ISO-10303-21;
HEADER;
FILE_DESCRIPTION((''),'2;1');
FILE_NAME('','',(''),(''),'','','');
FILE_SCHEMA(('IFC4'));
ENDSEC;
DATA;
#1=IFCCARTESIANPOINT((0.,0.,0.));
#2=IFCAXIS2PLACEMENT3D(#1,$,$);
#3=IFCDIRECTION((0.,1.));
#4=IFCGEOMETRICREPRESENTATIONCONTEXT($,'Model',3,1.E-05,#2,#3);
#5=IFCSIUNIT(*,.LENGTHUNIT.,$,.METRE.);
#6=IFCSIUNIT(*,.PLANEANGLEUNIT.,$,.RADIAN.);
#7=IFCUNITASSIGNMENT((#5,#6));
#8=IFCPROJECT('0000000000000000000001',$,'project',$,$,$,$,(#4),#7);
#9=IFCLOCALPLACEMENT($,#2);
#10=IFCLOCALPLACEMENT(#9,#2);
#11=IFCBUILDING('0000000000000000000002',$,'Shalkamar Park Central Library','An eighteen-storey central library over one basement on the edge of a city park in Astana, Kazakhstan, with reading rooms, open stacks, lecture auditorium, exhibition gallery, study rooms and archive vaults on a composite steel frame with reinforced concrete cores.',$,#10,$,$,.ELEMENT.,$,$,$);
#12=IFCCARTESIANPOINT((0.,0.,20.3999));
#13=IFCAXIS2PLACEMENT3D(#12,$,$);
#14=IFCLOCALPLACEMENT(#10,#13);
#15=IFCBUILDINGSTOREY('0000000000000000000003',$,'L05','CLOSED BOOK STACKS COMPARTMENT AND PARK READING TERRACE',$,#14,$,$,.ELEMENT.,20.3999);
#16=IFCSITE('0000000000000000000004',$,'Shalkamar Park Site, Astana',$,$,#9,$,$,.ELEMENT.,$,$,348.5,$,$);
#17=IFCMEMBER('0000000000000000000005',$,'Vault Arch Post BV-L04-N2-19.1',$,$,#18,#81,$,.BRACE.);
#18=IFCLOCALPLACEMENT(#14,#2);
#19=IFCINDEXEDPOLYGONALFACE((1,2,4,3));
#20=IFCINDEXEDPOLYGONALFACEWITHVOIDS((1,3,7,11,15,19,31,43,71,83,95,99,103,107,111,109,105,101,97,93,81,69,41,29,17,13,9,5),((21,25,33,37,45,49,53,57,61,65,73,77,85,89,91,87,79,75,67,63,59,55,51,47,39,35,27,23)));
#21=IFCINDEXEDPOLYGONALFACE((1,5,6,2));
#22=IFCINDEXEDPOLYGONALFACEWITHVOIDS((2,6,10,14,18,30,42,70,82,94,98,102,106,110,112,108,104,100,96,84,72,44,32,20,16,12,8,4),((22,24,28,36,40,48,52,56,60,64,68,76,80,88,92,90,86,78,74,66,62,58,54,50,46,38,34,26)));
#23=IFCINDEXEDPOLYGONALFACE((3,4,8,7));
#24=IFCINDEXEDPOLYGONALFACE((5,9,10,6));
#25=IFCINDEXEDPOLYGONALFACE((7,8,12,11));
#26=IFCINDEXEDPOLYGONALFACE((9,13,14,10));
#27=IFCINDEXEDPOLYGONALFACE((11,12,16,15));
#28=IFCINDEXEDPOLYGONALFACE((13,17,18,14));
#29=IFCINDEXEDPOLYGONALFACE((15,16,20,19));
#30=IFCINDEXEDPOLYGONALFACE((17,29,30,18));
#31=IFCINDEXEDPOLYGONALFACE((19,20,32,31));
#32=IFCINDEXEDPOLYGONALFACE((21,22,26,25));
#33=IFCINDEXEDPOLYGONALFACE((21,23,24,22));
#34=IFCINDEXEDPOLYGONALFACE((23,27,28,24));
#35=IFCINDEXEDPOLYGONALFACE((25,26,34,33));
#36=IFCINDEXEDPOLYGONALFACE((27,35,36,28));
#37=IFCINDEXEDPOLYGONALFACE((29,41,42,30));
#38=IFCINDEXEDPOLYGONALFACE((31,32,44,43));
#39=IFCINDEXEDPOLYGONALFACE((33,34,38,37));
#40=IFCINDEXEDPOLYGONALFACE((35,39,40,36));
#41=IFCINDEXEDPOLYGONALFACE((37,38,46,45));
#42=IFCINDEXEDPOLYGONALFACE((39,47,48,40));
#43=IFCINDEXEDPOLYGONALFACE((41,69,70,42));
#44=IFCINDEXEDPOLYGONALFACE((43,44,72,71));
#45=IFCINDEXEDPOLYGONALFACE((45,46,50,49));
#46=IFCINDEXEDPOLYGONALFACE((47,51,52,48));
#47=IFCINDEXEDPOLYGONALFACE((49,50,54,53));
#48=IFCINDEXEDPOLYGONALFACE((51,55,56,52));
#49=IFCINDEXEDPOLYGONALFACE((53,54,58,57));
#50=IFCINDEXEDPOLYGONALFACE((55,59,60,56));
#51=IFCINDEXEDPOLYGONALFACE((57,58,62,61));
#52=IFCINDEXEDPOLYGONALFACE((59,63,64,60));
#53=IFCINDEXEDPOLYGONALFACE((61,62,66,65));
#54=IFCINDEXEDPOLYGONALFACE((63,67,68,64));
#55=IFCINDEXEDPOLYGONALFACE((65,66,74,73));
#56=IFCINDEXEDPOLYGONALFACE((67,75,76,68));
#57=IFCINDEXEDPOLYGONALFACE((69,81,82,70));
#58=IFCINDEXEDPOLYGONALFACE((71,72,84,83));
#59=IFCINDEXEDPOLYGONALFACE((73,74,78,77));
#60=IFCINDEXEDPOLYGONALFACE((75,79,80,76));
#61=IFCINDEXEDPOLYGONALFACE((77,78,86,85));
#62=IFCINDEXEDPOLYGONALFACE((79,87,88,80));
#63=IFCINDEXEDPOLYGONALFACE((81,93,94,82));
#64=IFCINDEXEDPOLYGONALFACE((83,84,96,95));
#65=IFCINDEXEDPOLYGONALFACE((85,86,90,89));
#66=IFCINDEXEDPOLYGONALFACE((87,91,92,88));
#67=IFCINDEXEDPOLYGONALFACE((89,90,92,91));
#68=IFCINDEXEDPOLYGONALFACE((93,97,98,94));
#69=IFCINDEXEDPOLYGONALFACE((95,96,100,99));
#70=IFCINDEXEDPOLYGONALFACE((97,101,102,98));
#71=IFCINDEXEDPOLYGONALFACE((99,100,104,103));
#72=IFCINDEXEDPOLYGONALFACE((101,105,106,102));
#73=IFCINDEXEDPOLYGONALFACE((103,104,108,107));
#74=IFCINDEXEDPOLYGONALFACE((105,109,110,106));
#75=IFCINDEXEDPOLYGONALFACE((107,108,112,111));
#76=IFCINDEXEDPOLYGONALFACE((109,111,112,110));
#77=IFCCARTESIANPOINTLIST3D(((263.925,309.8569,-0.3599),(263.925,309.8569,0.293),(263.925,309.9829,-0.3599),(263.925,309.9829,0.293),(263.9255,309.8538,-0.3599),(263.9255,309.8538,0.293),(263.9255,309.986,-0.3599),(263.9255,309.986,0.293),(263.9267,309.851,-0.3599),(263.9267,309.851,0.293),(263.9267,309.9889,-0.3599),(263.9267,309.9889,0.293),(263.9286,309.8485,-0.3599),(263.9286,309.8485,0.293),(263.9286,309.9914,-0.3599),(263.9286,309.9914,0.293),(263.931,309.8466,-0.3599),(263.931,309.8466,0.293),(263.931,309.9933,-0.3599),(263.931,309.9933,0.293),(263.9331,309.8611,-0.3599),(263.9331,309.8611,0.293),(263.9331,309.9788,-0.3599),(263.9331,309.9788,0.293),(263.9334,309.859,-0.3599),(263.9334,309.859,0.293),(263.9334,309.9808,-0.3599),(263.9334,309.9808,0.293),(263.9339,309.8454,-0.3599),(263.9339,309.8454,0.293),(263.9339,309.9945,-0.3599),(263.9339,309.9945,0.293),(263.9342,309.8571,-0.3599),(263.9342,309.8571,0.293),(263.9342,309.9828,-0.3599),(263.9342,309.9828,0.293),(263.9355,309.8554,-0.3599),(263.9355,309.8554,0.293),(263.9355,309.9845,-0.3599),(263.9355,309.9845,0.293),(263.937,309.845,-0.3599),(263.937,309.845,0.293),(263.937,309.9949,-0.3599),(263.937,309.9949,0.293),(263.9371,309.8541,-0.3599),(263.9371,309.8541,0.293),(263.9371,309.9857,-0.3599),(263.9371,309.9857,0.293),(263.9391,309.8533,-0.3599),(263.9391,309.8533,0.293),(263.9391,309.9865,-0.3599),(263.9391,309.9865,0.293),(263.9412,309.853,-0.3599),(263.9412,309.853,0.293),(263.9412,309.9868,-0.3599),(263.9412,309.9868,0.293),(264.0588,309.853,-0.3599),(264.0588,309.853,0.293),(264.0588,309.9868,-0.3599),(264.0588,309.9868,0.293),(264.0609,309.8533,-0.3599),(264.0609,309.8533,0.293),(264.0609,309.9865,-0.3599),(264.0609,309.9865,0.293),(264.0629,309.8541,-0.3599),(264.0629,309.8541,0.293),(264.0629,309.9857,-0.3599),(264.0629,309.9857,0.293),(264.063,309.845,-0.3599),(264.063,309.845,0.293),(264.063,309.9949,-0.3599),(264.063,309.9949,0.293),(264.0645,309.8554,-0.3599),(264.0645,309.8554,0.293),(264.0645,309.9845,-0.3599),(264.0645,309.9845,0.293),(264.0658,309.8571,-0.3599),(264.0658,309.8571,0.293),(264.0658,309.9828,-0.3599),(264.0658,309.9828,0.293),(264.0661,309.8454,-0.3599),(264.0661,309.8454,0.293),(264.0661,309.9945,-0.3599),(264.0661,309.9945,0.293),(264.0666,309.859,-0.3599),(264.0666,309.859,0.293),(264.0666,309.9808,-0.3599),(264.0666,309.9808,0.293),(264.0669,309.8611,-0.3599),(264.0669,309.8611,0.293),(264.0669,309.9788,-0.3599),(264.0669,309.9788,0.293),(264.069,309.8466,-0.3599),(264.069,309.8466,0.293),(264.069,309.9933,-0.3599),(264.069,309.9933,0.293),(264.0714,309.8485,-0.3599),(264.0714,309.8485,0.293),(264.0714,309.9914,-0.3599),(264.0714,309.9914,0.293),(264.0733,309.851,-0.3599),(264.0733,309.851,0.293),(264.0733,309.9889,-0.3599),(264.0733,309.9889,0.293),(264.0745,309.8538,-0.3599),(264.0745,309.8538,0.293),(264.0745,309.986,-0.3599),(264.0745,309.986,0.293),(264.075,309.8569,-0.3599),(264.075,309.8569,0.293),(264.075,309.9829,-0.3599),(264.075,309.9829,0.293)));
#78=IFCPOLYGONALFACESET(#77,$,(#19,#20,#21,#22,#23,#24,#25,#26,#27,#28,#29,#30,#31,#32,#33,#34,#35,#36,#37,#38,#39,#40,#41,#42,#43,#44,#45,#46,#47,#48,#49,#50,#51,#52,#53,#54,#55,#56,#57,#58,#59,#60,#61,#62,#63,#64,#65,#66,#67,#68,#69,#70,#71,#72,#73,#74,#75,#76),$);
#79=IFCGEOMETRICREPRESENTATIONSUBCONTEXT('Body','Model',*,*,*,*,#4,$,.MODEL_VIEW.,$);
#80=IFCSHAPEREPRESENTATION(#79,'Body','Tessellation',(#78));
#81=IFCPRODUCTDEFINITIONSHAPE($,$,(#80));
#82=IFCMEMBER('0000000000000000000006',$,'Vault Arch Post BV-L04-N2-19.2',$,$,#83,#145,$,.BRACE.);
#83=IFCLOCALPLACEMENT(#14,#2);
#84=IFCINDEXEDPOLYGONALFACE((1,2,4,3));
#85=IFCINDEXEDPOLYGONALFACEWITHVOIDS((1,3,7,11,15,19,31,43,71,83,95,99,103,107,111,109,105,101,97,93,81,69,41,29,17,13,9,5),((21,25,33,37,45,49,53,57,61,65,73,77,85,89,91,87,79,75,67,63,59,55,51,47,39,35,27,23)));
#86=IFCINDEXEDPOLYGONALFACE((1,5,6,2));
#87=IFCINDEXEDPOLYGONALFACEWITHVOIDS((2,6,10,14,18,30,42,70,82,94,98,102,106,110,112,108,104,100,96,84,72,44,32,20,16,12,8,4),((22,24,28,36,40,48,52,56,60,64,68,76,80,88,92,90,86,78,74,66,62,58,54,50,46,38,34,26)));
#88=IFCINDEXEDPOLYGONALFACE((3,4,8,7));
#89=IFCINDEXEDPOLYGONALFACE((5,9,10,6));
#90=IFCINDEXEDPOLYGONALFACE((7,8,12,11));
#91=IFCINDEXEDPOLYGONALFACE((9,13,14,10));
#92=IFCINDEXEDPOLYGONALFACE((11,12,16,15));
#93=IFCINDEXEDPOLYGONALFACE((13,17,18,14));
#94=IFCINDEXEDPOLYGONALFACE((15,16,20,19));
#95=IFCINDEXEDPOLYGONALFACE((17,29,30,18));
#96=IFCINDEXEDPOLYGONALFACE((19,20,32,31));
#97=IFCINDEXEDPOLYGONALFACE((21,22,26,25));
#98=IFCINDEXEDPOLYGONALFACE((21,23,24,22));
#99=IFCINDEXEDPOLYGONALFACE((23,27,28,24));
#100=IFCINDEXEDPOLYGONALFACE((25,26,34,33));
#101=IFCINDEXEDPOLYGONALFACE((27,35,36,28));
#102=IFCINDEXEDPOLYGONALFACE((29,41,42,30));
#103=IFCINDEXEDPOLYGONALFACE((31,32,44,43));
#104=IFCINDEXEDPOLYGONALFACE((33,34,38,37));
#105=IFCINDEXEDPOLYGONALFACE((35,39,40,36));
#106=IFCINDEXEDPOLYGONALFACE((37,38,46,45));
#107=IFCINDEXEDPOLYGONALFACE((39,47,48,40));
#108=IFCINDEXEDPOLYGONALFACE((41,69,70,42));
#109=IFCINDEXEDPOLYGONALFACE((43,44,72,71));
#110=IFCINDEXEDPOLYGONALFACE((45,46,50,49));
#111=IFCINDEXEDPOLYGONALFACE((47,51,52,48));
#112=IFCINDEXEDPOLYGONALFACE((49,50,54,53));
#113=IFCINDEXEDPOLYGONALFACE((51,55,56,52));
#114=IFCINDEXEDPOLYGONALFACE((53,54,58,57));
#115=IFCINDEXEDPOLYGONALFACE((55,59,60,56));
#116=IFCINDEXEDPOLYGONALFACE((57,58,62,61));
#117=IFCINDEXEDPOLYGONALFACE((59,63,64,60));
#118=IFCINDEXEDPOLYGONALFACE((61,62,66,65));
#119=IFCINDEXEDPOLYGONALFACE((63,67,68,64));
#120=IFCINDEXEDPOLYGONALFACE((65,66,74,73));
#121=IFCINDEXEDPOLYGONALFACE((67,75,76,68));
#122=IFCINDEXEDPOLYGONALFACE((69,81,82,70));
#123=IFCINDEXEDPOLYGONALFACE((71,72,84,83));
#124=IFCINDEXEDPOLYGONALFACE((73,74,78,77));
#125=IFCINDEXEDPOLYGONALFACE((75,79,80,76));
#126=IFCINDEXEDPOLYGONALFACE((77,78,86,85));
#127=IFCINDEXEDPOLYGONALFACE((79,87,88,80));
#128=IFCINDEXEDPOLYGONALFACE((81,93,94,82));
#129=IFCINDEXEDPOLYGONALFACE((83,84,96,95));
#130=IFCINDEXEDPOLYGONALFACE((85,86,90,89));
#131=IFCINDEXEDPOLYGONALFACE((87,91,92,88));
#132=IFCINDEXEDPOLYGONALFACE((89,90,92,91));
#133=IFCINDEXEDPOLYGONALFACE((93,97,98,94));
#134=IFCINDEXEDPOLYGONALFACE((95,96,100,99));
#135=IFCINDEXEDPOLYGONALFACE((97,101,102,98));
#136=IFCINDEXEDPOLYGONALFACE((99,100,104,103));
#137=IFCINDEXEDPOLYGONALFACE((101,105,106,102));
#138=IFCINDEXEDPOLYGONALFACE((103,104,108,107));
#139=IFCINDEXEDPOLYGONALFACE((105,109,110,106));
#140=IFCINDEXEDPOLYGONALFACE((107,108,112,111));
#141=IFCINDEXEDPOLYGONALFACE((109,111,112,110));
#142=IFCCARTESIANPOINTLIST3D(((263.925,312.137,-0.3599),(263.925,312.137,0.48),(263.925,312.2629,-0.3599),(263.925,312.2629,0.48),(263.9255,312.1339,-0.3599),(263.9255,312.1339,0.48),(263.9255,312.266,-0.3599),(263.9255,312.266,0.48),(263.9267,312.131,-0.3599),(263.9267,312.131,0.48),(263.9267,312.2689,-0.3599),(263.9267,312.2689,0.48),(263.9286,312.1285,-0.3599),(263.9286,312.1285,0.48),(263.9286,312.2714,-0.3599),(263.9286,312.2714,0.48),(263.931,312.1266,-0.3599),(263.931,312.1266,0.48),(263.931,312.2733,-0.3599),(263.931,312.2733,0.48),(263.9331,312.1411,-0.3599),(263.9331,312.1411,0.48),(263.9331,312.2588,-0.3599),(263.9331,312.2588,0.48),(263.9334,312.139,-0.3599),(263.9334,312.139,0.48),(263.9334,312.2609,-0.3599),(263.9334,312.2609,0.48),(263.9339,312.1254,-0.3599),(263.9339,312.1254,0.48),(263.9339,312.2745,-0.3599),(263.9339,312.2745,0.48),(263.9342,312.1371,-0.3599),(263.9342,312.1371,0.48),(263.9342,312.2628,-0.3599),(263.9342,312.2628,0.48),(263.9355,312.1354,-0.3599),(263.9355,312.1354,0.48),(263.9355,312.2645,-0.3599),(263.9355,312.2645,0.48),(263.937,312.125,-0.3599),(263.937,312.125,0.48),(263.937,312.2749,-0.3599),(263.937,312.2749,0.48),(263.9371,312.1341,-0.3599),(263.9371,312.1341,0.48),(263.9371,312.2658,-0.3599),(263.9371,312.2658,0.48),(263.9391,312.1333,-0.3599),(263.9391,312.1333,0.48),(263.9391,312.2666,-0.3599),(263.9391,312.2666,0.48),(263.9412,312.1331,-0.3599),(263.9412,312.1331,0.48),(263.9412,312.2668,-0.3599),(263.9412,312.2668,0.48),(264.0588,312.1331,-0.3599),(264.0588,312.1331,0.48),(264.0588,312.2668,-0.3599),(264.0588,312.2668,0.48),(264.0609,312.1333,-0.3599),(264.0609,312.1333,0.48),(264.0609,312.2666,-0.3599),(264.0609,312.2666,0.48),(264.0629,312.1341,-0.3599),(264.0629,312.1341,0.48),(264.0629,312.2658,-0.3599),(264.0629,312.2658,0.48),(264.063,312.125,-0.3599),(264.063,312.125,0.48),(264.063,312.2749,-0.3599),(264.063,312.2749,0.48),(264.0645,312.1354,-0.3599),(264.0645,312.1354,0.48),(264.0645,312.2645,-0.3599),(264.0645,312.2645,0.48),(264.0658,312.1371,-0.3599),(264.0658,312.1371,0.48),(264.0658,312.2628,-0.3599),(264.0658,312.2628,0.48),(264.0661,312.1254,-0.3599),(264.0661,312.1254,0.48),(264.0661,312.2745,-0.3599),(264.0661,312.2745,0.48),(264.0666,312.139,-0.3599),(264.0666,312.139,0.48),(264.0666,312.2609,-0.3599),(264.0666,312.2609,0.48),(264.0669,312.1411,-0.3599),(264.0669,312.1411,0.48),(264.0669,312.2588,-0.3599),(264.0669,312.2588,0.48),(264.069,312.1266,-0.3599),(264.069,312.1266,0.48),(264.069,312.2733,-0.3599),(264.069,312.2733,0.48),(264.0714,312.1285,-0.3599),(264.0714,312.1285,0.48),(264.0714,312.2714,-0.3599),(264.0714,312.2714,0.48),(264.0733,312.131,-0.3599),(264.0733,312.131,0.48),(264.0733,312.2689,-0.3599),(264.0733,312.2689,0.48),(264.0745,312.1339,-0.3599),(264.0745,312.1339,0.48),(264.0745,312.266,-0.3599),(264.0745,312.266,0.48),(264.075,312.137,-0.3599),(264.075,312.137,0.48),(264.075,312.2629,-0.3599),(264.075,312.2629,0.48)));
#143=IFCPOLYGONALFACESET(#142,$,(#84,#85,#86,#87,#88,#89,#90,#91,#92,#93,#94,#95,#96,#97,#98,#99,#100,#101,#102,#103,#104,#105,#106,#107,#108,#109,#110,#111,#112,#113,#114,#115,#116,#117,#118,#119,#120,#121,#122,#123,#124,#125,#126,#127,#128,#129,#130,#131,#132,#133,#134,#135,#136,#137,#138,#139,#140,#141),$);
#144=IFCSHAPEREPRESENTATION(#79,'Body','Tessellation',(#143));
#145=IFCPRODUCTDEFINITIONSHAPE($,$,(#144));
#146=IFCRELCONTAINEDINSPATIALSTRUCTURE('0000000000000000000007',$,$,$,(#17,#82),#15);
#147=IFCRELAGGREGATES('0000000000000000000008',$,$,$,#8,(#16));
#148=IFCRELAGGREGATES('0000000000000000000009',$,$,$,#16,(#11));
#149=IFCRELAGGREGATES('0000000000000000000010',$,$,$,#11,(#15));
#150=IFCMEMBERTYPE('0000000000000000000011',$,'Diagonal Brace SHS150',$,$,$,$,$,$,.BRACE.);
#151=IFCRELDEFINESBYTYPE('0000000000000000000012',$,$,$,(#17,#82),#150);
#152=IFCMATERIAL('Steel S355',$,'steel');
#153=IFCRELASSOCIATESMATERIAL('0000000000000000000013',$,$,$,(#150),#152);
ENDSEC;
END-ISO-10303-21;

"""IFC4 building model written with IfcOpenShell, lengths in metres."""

from ifc_helpers import new_model, si_unit, direction, frame, origin, origin_2d, place, context, subcontext, project, spatial, hollow_rectangle, extrude, material, material_profile, profile_set, type_object, element, save


model = new_model("IFC4")

# Units and contexts
model_context = context("Model", 3, precision=1e-05, world=origin(), true_north=direction((0.0, 1.0)))
body_context = subcontext(model_context, "Body", "Model", "MODEL_VIEW")
ifc_project = project(units=[si_unit("LENGTHUNIT", "METRE"), si_unit("PLANEANGLEUNIT", "RADIAN")], contexts=[model_context])

# Site, building, storey
site_placement = place(None, origin())
site = spatial("IfcSite", under=ifc_project, at=site_placement, Name="Shalkamar Park Site, Astana", CompositionType="ELEMENT", RefElevation=348.5)
building_placement = place(site_placement, origin())
building = spatial("IfcBuilding", under=site, at=building_placement, Name="Shalkamar Park Central Library", Description="An eighteen-storey central library over one basement on the edge of a city park in Astana, Kazakhstan, with reading rooms, open stacks, lecture auditorium, exhibition gallery, study rooms and archive vaults on a composite steel frame with reinforced concrete cores.", CompositionType="ELEMENT")
storey_placement = place(building_placement, frame((0.0, 0.0, 20.3999)))
storey = spatial("IfcBuildingStorey", under=building, at=storey_placement, Name="L05", Description="CLOSED BOOK STACKS COMPARTMENT AND PARK READING TERRACE", CompositionType="ELEMENT", Elevation=20.3999)

# Members
ifc_material = material(Name="Steel S355", Category="steel")
ifc_material_profile_1 = material_profile(ifc_material, hollow_rectangle(XDim=0.1499, YDim=0.1499, WallThickness=0.0081, InnerFilletRadius=0.0081, OuterFilletRadius=0.012, at=origin_2d()), Name="SHS 150x150x8")
ifc_profile_set_1 = profile_set([ifc_material_profile_1], Name="Steel S355")
member_type_1 = type_object("IfcMemberType", Name="Diagonal Brace SHS150", PredefinedType="BRACE", material=ifc_profile_set_1)
for number, where, z_axis, x_axis, name in (
    (1, (264.0, 309.9199, -0.3599), (0.0, 0.0, 1.0), (1.0, 0.0, 0.0), "Vault Arch Post BV-L04-N2-19.1"),
):
    element("IfcMember", number, at=place(storey_placement, frame(where, z_axis=z_axis, x_axis=x_axis)), inside=storey, type_object=member_type_1, Name=name, PredefinedType="BRACE", context=body_context, shape_type="SweptSolid", body=[
        extrude(hollow_rectangle(XDim=0.1499, YDim=0.1499, WallThickness=0.0081, InnerFilletRadius=0.0081, OuterFilletRadius=0.012, at=origin_2d()), origin(), (0.0, 0.0, 1.0), 0.6528),
    ])
member_1_placement = place(storey_placement, frame((264.0, 312.2, -0.3599), z_axis=(0.0, 0.0, 1.0), x_axis=(1.0, 0.0, 0.0)))
element("IfcMember", 2, at=member_1_placement, inside=storey, type_object=member_type_1, Name="Vault Arch Post BV-L04-N2-19.2", PredefinedType="BRACE", context=body_context, shape_type="SweptSolid", body=[
    extrude(hollow_rectangle(XDim=0.1499, YDim=0.1499, WallThickness=0.0081, InnerFilletRadius=0.0081, OuterFilletRadius=0.012, at=origin_2d()), origin(), (0.0, 0.0, 1.0), 0.8398),
])

save(model, "model.ifc")
